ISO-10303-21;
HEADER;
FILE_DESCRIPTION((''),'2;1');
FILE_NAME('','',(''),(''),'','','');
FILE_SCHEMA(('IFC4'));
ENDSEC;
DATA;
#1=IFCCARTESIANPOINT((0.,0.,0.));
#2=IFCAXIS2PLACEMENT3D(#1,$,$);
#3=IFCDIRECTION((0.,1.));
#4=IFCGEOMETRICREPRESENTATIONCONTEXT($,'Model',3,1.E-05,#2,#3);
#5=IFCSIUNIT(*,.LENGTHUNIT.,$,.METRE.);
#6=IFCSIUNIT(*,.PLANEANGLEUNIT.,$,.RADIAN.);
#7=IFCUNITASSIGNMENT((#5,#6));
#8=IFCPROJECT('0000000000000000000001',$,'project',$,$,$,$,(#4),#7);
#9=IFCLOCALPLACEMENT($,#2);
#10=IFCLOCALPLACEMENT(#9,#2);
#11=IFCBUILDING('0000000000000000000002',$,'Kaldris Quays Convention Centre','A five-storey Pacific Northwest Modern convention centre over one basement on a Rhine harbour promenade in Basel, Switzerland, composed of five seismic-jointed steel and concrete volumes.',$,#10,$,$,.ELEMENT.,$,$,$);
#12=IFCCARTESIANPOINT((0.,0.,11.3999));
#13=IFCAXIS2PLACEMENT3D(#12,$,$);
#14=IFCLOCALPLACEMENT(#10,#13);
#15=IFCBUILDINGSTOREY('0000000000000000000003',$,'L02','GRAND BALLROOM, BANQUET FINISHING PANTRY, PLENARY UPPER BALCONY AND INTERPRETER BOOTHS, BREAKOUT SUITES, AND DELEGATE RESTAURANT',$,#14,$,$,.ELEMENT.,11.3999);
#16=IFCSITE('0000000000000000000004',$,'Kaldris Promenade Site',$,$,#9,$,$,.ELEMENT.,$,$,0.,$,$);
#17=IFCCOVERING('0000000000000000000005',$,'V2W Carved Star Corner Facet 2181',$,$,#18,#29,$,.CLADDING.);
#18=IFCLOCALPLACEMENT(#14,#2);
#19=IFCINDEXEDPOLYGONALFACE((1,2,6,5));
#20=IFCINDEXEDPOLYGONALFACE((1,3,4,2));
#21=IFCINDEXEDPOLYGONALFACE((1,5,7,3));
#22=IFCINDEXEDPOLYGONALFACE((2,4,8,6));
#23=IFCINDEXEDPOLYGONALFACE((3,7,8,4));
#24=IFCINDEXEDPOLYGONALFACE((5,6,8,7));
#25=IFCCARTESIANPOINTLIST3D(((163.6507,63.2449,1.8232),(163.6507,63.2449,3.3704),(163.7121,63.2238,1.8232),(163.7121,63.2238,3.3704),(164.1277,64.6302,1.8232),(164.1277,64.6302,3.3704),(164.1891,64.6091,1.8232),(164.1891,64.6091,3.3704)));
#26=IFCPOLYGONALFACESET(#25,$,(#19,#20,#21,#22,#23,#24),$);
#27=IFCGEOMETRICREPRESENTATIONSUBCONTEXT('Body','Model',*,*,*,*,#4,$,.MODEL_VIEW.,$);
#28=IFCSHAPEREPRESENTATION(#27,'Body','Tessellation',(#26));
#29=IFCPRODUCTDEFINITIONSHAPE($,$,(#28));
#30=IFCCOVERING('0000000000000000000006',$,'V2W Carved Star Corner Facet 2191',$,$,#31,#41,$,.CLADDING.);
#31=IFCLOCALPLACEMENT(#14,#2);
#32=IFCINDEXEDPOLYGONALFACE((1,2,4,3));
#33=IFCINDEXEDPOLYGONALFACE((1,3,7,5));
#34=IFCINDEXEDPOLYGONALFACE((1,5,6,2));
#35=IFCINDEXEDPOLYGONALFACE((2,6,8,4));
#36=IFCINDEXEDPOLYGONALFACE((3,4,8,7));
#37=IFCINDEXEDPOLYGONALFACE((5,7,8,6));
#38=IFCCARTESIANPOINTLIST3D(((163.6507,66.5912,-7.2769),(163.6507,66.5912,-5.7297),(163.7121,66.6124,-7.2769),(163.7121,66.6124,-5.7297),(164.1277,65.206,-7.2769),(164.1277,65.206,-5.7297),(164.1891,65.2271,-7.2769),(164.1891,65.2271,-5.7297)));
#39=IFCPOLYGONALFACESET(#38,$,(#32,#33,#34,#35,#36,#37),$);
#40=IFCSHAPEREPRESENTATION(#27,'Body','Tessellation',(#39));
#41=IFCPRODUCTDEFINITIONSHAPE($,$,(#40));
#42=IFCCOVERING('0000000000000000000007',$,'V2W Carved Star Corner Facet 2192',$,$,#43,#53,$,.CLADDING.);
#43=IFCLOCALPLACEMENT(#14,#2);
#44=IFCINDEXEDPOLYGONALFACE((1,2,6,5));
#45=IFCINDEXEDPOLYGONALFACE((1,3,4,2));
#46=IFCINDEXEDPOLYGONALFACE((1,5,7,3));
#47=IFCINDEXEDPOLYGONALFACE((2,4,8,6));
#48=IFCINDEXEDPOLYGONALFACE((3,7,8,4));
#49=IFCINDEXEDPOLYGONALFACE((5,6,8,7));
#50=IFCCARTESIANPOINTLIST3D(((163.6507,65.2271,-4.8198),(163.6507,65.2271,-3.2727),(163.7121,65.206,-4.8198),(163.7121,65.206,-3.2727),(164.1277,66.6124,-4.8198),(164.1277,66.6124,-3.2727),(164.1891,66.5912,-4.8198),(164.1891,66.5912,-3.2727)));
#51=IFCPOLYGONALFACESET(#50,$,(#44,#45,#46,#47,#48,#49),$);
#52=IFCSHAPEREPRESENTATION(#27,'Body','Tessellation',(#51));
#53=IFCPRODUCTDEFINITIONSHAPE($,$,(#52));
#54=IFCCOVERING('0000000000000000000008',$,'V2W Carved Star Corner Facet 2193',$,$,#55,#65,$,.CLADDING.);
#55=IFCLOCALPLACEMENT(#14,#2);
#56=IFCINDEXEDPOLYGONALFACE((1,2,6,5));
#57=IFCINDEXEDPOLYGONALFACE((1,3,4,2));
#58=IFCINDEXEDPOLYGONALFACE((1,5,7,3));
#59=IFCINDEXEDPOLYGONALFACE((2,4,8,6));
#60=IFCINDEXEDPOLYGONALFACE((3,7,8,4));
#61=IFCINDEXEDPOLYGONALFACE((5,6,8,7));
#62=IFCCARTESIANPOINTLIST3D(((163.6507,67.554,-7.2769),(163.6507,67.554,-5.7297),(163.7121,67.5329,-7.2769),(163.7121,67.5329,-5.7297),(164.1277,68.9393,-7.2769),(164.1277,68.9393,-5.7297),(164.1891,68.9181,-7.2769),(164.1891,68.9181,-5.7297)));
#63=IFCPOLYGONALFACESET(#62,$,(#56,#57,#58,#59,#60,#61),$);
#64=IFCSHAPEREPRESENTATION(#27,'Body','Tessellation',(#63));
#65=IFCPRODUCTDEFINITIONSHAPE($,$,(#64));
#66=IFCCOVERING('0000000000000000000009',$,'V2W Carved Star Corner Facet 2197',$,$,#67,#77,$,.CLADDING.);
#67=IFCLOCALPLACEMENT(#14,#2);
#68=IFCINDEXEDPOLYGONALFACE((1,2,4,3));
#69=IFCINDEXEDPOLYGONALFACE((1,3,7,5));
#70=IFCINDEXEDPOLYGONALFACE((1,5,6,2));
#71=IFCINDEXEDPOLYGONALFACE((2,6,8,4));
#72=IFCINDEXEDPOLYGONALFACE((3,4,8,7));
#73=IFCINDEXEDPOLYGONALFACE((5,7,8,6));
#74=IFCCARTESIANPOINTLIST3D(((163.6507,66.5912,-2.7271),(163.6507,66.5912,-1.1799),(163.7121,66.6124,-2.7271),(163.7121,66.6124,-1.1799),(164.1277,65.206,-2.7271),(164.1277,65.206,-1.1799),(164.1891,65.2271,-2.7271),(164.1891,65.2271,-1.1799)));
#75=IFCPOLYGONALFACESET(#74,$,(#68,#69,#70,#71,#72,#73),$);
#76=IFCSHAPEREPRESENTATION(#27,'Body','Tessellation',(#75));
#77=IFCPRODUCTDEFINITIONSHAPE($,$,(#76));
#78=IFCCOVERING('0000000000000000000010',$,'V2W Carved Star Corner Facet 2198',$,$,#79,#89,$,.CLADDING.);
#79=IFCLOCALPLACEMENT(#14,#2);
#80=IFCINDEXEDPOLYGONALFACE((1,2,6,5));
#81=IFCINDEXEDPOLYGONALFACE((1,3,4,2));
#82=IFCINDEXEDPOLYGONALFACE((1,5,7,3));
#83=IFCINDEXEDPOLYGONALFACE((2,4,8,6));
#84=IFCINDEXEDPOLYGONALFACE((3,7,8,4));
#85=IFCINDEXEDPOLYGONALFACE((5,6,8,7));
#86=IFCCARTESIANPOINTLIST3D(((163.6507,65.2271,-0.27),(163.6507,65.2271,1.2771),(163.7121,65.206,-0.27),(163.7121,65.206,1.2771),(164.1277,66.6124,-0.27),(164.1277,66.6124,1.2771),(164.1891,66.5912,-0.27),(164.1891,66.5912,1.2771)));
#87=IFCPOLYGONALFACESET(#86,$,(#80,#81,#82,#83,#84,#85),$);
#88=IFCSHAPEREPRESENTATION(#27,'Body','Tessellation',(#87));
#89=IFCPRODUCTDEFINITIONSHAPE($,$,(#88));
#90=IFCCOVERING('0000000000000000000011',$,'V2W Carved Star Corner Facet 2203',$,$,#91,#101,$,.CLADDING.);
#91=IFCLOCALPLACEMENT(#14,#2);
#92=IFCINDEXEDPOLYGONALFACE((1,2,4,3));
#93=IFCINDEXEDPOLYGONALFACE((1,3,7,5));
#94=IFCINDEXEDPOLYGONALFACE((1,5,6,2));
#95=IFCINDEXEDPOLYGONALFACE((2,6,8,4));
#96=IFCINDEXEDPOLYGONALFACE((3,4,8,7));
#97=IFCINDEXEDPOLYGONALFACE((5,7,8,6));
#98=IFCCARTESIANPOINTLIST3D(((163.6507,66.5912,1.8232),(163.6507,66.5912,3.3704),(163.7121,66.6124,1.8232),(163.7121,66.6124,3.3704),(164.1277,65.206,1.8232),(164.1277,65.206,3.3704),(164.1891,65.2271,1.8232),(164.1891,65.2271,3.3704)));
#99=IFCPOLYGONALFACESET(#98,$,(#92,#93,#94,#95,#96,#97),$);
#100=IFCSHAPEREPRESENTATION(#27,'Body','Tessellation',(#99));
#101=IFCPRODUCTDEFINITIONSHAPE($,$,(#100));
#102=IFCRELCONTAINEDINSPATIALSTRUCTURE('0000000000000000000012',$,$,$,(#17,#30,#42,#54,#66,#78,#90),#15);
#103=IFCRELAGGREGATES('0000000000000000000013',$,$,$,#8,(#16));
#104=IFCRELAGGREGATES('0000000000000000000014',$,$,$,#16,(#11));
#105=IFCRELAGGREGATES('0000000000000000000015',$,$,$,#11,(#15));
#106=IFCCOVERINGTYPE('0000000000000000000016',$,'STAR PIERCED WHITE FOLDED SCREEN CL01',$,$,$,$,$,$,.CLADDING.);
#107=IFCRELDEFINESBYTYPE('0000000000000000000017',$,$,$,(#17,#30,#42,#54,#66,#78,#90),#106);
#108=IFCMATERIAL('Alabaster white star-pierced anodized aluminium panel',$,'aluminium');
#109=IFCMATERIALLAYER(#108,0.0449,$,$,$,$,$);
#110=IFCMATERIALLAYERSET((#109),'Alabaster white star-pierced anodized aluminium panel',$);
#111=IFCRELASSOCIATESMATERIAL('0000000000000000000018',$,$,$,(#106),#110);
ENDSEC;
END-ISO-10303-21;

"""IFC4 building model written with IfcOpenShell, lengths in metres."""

from ifc_helpers import new_model, si_unit, direction, frame, origin, origin_2d, place, context, subcontext, project, spatial, rectangle, extrude, material, layer, layer_set, type_object, element, save


model = new_model("IFC4")

# Units and contexts
model_context = context("Model", 3, precision=1e-05, world=origin(), true_north=direction((0.0, 1.0)))
body_context = subcontext(model_context, "Body", "Model", "MODEL_VIEW")
ifc_project = project(units=[si_unit("LENGTHUNIT", "METRE"), si_unit("PLANEANGLEUNIT", "RADIAN")], contexts=[model_context])

# Site, building, storey
site_placement = place(None, origin())
site = spatial("IfcSite", under=ifc_project, at=site_placement, Name="Kaldris Promenade Site", CompositionType="ELEMENT", RefElevation=0.0)
building_placement = place(site_placement, origin())
building = spatial("IfcBuilding", under=site, at=building_placement, Name="Kaldris Quays Convention Centre", Description="A five-storey Pacific Northwest Modern convention centre over one basement on a Rhine harbour promenade in Basel, Switzerland, composed of five seismic-jointed steel and concrete volumes.", CompositionType="ELEMENT")
storey_placement = place(building_placement, frame((0.0, 0.0, 11.3999)))
storey = spatial("IfcBuildingStorey", under=building, at=storey_placement, Name="L02", Description="GRAND BALLROOM, BANQUET FINISHING PANTRY, PLENARY UPPER BALCONY AND INTERPRETER BOOTHS, BREAKOUT SUITES, AND DELEGATE RESTAURANT", CompositionType="ELEMENT", Elevation=11.3999)

# Coverings
ifc_material_1 = material(Name="Alabaster white star-pierced anodized aluminium panel", Category="aluminium")
ifc_layer_1 = layer(ifc_material_1, 0.0449)
ifc_layer_set_1 = layer_set([ifc_layer_1], Name="Alabaster white star-pierced anodized aluminium panel")
covering_type = type_object("IfcCoveringType", Name="STAR PIERCED WHITE FOLDED SCREEN CL01", PredefinedType="CLADDING", material=ifc_layer_set_1)
for number, where, z_axis, x_axis, name in (
    (1, (163.9199, 63.927, 1.8232), (0.0, 0.0, 1.0), (0.325568, 0.945519, 0.0), "V2W Carved Star Corner Facet 2181"),
    (2, (163.9199, 65.9092, -7.2769), (0.0, 0.0, 1.0), (-0.325568, 0.945519, 0.0), "V2W Carved Star Corner Facet 2191"),
    (3, (163.9199, 65.9092, -4.8198), (0.0, 0.0, 1.0), (0.325568, 0.945519, 0.0), "V2W Carved Star Corner Facet 2192"),
    (4, (163.9199, 68.2361, -7.2769), (0.0, 0.0, 1.0), (0.325568, 0.945519, 0.0), "V2W Carved Star Corner Facet 2193"),
    (5, (163.9199, 65.9092, -2.7271), (0.0, 0.0, 1.0), (-0.325568, 0.945519, 0.0), "V2W Carved Star Corner Facet 2197"),
    (6, (163.9199, 65.9092, -0.27), (0.0, 0.0, 1.0), (0.325568, 0.945519, 0.0), "V2W Carved Star Corner Facet 2198"),
    (7, (163.9199, 65.9092, 1.8232), (0.0, 0.0, 1.0), (-0.325568, 0.945519, 0.0), "V2W Carved Star Corner Facet 2203"),
):
    element("IfcCovering", number, at=place(storey_placement, frame(where, z_axis=z_axis, x_axis=x_axis)), inside=storey, type_object=covering_type, Name=name, PredefinedType="CLADDING", context=body_context, shape_type="SweptSolid", body=[
        extrude(rectangle(XDim=1.4651, YDim=0.0649, at=origin_2d()), origin(), (0.0, 0.0, 1.0), 1.5471),
    ])

save(model, "model.ifc")
